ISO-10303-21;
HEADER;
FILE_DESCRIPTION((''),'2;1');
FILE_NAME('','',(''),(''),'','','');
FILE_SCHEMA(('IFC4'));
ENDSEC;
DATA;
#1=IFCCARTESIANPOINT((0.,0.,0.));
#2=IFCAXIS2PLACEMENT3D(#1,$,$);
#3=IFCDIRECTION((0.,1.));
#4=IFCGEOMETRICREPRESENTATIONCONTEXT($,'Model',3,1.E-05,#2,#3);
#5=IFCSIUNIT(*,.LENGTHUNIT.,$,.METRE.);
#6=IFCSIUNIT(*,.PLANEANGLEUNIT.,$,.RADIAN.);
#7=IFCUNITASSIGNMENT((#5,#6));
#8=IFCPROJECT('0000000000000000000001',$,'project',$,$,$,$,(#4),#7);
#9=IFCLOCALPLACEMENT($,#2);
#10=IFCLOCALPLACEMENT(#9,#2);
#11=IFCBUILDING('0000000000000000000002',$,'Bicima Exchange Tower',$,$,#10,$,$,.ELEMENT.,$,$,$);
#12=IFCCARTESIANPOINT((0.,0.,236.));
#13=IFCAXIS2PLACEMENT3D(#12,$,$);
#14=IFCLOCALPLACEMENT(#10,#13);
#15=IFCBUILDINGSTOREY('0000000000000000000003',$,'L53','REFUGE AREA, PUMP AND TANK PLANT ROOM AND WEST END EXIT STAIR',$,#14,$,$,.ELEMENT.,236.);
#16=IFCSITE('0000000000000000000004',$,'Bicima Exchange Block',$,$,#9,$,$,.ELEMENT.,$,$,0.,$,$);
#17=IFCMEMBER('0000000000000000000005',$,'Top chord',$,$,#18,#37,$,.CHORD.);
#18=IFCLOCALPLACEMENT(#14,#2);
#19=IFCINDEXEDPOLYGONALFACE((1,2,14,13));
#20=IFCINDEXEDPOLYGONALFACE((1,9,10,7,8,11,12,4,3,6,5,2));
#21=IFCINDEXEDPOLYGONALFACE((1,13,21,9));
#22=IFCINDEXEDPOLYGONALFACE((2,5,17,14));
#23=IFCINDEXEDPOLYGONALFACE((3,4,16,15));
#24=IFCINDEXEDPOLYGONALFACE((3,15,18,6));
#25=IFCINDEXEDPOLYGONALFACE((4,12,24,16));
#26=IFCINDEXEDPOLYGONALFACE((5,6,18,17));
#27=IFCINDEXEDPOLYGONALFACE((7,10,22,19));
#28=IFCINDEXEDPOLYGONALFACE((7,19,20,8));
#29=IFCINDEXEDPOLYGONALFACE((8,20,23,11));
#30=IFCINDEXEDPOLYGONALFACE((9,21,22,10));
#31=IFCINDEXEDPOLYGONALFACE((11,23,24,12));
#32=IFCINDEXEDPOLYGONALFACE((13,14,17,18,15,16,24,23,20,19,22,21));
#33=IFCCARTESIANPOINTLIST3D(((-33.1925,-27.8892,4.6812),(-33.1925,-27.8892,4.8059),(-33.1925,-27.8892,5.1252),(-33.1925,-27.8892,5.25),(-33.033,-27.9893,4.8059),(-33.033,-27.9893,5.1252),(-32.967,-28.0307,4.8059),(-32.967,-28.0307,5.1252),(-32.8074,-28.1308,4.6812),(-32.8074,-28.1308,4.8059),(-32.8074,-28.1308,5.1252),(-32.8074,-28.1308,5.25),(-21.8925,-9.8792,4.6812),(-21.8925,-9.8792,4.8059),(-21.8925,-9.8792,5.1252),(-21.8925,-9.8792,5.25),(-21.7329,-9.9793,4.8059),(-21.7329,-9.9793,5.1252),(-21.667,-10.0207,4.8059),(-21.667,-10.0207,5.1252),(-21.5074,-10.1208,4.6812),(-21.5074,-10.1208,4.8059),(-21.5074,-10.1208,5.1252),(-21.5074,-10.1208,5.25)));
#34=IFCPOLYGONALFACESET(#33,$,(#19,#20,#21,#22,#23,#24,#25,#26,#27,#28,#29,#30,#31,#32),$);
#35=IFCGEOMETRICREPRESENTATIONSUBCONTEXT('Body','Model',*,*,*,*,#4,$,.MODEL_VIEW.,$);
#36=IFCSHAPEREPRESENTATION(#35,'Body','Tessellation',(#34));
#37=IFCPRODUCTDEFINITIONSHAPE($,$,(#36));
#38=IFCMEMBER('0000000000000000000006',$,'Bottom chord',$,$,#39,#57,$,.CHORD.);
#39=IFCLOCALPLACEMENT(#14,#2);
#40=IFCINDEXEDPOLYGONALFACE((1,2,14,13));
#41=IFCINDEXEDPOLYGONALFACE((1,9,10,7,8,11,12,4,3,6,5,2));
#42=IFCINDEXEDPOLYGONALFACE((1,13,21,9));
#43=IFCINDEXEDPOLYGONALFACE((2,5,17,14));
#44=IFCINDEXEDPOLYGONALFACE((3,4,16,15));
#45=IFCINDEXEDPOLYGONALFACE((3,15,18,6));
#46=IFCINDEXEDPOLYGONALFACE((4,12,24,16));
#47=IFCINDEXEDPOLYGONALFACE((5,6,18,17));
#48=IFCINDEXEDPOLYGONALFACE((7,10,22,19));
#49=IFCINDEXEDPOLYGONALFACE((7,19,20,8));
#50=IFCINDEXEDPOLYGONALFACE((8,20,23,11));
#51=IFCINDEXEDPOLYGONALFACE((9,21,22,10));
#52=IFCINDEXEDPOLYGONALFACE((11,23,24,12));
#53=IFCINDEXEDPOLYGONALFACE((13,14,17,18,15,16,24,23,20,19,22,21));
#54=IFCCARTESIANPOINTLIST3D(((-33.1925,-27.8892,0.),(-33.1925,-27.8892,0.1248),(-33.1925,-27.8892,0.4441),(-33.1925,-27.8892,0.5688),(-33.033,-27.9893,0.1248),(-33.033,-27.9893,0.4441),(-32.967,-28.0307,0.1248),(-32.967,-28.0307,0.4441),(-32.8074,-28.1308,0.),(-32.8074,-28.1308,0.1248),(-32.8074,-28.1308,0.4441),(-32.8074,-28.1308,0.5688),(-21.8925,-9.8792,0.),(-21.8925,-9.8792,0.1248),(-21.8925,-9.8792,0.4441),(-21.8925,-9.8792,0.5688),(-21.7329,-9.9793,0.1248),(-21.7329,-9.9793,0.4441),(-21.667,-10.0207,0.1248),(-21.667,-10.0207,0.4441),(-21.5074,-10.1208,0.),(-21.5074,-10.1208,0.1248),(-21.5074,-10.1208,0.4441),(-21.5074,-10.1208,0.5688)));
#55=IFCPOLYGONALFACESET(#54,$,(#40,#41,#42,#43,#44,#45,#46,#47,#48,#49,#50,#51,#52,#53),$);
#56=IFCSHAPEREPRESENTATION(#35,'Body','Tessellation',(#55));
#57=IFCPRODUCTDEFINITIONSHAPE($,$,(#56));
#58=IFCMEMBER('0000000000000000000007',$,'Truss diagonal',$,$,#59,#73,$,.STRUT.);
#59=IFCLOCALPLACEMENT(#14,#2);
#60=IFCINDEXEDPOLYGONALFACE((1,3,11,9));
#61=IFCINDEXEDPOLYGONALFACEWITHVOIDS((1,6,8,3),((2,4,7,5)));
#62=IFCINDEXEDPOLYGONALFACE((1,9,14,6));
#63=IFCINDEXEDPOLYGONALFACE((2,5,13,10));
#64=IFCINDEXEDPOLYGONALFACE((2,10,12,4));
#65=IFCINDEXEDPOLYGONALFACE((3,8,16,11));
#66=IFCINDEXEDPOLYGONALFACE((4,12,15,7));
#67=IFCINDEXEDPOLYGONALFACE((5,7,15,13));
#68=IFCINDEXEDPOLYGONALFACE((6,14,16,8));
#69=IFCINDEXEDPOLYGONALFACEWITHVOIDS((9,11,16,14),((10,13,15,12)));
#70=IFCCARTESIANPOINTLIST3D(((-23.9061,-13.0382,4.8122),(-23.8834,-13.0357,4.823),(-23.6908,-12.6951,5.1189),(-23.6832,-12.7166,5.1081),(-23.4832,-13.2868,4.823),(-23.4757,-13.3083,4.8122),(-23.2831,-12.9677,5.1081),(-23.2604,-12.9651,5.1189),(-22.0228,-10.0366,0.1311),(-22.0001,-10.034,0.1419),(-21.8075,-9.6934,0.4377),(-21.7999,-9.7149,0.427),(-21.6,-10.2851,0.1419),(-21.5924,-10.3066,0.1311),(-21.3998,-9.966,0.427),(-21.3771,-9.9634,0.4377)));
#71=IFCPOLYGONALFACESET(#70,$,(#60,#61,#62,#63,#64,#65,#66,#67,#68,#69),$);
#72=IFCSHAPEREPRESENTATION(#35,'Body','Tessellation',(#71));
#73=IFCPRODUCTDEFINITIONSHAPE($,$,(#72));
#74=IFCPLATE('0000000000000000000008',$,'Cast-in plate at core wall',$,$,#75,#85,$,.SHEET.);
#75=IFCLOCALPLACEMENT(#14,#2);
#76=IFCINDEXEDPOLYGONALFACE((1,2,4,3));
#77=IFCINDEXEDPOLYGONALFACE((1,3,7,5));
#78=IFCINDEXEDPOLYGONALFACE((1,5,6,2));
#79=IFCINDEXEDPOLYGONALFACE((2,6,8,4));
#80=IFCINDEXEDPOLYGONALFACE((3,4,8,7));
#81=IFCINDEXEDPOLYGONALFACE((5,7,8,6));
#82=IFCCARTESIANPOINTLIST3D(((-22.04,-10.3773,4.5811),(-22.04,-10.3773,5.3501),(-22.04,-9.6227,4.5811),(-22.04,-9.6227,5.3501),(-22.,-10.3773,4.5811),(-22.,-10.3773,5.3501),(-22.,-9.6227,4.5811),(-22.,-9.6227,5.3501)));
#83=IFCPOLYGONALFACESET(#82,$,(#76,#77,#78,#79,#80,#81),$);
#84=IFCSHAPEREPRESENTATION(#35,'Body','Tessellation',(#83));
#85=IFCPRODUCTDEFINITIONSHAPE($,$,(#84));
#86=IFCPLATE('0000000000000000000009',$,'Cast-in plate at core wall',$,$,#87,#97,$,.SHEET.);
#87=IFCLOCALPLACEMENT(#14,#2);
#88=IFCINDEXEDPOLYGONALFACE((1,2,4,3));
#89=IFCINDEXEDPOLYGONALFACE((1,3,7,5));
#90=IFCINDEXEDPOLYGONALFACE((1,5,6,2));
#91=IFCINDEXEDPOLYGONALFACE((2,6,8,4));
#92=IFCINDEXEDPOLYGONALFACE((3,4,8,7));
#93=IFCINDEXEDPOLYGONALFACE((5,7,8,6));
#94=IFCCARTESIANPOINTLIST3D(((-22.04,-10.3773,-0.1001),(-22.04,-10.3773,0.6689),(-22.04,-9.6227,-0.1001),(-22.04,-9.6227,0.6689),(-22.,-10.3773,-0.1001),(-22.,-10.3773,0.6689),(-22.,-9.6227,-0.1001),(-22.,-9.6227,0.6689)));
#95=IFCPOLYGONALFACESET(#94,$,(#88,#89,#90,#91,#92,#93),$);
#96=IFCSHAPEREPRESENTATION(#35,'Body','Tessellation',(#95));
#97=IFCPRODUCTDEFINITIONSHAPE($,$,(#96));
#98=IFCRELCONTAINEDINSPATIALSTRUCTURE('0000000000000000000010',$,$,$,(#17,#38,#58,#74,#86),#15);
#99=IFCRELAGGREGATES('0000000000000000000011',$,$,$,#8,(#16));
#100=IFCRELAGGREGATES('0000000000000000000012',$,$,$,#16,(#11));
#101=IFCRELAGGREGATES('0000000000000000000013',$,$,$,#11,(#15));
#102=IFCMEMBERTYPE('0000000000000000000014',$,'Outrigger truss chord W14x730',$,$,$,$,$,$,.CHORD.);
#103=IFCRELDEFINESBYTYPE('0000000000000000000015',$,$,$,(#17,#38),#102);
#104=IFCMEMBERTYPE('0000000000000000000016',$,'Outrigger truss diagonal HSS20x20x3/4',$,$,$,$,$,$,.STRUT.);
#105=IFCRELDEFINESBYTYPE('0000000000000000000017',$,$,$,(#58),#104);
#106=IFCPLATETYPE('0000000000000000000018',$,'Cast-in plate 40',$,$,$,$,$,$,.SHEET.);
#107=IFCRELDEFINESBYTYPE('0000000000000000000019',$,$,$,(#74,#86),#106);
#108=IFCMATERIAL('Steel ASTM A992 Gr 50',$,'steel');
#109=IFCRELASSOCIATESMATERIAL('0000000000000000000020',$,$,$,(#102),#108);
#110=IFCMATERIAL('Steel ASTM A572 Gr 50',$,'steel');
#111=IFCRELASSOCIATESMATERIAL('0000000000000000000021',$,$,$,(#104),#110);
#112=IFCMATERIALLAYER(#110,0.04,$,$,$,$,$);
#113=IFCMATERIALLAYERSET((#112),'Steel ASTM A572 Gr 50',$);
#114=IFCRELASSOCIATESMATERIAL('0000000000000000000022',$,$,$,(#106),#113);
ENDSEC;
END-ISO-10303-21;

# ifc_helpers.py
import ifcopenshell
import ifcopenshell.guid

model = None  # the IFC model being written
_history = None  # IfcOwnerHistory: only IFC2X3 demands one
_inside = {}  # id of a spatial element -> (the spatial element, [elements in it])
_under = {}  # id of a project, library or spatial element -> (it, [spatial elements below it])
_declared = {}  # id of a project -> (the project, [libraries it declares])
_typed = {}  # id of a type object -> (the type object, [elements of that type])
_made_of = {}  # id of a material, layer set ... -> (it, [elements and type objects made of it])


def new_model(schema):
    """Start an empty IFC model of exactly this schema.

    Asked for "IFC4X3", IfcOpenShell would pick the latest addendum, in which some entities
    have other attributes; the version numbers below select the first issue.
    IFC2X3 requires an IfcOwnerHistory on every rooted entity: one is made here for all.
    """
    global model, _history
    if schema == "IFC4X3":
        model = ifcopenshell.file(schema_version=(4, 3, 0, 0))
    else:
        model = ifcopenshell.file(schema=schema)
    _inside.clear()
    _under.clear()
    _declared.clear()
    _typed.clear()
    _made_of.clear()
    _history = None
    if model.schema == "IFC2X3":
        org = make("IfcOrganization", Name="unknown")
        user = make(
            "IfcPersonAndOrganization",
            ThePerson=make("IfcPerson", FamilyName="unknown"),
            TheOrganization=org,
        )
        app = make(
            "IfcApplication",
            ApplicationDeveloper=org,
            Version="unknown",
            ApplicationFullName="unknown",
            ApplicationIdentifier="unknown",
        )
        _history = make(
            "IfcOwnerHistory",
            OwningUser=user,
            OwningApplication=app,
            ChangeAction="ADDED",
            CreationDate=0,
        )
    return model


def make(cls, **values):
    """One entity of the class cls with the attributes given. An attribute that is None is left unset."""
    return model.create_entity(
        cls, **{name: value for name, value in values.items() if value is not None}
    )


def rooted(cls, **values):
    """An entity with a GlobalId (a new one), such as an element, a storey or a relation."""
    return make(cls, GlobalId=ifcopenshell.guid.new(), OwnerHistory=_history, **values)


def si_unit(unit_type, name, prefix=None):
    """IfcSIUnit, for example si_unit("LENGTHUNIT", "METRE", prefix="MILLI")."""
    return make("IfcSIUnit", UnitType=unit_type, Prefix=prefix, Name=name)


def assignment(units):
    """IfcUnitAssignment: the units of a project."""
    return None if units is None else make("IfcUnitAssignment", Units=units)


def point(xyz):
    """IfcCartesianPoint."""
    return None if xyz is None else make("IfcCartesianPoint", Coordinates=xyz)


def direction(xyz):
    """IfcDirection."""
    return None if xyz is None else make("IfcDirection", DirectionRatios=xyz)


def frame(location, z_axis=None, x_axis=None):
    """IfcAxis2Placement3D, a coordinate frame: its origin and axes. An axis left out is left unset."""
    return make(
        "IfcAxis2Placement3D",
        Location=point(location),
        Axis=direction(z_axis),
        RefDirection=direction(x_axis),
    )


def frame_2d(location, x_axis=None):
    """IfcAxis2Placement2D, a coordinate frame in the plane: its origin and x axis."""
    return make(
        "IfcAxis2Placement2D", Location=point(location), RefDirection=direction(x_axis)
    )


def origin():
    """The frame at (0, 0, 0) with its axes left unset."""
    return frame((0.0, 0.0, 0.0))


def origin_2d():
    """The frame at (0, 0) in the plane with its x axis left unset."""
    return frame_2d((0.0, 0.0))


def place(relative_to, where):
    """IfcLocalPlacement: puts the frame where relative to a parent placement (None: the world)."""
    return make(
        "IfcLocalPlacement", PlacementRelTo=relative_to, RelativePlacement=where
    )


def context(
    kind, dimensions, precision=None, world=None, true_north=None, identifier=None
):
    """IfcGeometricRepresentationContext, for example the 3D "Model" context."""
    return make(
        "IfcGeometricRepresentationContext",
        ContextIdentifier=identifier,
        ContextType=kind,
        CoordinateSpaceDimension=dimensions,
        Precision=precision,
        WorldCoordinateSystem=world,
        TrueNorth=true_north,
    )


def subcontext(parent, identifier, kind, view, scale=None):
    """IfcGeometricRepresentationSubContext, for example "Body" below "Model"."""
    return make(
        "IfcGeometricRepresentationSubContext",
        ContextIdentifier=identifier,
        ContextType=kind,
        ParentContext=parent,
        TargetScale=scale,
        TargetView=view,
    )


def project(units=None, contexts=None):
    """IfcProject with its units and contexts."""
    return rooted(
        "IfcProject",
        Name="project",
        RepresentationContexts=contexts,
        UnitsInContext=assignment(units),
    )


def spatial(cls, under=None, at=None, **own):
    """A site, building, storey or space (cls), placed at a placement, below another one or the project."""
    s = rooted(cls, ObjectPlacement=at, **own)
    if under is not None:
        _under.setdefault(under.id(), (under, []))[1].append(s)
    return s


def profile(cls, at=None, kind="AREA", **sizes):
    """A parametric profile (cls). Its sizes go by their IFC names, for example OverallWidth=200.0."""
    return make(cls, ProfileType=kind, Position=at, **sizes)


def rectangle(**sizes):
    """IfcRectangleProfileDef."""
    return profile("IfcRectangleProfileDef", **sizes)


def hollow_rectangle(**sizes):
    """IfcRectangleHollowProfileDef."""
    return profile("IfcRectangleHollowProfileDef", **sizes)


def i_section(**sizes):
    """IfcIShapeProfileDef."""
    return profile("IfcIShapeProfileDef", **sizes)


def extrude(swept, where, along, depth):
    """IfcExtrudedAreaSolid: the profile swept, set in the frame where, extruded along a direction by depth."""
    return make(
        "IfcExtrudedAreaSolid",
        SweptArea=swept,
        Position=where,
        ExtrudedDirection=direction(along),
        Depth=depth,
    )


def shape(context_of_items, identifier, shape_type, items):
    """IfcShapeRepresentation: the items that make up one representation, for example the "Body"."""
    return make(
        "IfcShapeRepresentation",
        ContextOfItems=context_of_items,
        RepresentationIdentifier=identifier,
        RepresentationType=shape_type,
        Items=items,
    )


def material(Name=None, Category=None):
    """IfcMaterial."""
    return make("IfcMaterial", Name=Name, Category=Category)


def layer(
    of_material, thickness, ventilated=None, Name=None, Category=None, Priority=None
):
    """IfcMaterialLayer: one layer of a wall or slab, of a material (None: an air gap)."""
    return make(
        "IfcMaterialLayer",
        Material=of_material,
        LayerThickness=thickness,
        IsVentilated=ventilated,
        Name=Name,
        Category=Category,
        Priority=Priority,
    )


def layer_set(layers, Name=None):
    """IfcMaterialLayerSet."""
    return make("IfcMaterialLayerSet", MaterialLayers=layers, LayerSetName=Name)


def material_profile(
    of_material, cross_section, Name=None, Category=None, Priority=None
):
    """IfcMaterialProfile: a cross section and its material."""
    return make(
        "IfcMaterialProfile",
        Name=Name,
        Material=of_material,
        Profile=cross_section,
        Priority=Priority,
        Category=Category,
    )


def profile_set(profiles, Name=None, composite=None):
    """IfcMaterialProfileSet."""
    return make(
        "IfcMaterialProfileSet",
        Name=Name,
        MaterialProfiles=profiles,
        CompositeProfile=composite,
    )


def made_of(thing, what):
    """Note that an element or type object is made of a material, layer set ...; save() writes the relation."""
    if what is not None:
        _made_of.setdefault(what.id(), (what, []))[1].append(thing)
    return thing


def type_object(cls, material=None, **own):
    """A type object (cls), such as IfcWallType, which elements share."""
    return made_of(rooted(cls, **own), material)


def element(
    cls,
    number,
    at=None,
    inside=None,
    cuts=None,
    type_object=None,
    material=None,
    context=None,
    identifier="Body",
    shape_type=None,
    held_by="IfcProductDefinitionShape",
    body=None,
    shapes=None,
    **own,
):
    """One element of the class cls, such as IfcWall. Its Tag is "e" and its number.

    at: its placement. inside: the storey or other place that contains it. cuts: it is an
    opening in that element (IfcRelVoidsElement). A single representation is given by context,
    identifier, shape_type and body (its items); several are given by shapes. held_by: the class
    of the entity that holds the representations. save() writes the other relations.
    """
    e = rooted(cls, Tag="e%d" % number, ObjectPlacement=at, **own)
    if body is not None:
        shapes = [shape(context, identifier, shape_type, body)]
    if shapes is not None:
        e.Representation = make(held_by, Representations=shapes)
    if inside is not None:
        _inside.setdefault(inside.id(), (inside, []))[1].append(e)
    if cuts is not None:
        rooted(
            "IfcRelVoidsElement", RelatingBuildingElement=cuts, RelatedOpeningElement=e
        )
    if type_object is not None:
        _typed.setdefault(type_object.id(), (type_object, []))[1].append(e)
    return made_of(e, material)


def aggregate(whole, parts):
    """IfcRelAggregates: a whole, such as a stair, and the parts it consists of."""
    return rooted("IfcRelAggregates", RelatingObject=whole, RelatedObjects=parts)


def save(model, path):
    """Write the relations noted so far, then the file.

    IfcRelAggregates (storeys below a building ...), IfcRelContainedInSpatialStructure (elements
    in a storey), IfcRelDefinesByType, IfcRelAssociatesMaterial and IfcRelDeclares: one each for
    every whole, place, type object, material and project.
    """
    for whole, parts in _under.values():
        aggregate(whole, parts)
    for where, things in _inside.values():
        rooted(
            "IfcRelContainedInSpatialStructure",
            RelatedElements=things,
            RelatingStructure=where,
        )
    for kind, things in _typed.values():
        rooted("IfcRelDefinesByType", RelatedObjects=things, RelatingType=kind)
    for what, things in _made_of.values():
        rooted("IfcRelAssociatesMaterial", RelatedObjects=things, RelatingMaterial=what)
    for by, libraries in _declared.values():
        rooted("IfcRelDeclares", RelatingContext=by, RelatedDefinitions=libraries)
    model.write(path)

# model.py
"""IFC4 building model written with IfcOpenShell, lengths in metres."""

from ifc_helpers import new_model, si_unit, direction, frame, origin, origin_2d, place, context, subcontext, project, spatial, rectangle, hollow_rectangle, i_section, extrude, material, layer, layer_set, material_profile, profile_set, type_object, element, save


model = new_model("IFC4")

# Units and contexts
model_context = context("Model", 3, precision=1e-05, world=origin(), true_north=direction((0.0, 1.0)))
body_context = subcontext(model_context, "Body", "Model", "MODEL_VIEW")
ifc_project = project(units=[si_unit("LENGTHUNIT", "METRE"), si_unit("PLANEANGLEUNIT", "RADIAN")], contexts=[model_context])

# Site, building, storey
site_placement = place(None, origin())
site = spatial("IfcSite", under=ifc_project, at=site_placement, Name="Bicima Exchange Block", CompositionType="ELEMENT", RefElevation=0.0)
building_placement = place(site_placement, origin())
building = spatial("IfcBuilding", under=site, at=building_placement, Name="Bicima Exchange Tower", CompositionType="ELEMENT")
storey_placement = place(building_placement, frame((0.0, 0.0, 236.0)))
storey = spatial("IfcBuildingStorey", under=building, at=storey_placement, Name="L53", Description="REFUGE AREA, PUMP AND TANK PLANT ROOM AND WEST END EXIT STAIR", CompositionType="ELEMENT", Elevation=236.0)

# Members
ifc_material_1 = material(Name="Steel ASTM A992 Gr 50", Category="steel")
ifc_material_profile_1 = material_profile(ifc_material_1, i_section(OverallWidth=0.4546, OverallDepth=0.5688, WebThickness=0.0779, FlangeThickness=0.1248, at=origin_2d()))
ifc_profile_set_1 = profile_set([ifc_material_profile_1], Name="Steel ASTM A992 Gr 50")
member_type_1 = type_object("IfcMemberType", Name="Outrigger truss chord W14x730", PredefinedType="CHORD", material=ifc_profile_set_1)
for number, where, z_axis, x_axis, name in (
    (1, (-21.7, -10.0, 4.9656), (-0.531479, -0.847071, 0.0), (0.847071, -0.531479, 0.0), "Top chord"),
    (2, (-21.7, -10.0, 0.2844), (-0.531479, -0.847071, 0.0), (0.847071, -0.531479, 0.0), "Bottom chord"),
):
    element("IfcMember", number, at=place(storey_placement, frame(where, z_axis=z_axis, x_axis=x_axis)), inside=storey, type_object=member_type_1, Name=name, PredefinedType="CHORD", context=body_context, shape_type="SweptSolid", body=[
        extrude(i_section(OverallWidth=0.4546, OverallDepth=0.5688, WebThickness=0.0779, FlangeThickness=0.1248, at=origin_2d()), origin(), (0.0, 0.0, 1.0), 21.2615),
    ])
ifc_material_2 = material(Name="Steel ASTM A572 Gr 50", Category="steel")
ifc_material_profile_2 = material_profile(ifc_material_2, hollow_rectangle(XDim=0.5081, YDim=0.5081, WallThickness=0.0178, at=origin_2d()))
ifc_profile_set_2 = profile_set([ifc_material_profile_2], Name="Steel ASTM A572 Gr 50")
member_type_2 = type_object("IfcMemberType", Name="Outrigger truss diagonal HSS20x20x3/4", PredefinedType="STRUT", material=ifc_profile_set_2)
member_placement = place(storey_placement, frame((-21.7, -10.0, 0.2844), z_axis=(-0.320773, -0.511265, 0.797316), x_axis=(0.84708, -0.531466, 0.0)))
element("IfcMember", 3, at=member_placement, inside=storey, type_object=member_type_2, Name="Truss diagonal", PredefinedType="STRUT", context=body_context, shape_type="SweptSolid", body=[
    extrude(hollow_rectangle(XDim=0.5081, YDim=0.5081, WallThickness=0.0178, at=origin_2d()), origin(), (0.0, 0.0, 1.0), 5.8711),
])

# Plates
ifc_layer_1 = layer(ifc_material_2, 0.04)
ifc_layer_set_1 = layer_set([ifc_layer_1], Name="Steel ASTM A572 Gr 50")
plate_type = type_object("IfcPlateType", Name="Cast-in plate 40", PredefinedType="SHEET", material=ifc_layer_set_1)
for number, where, z_axis, x_axis, name in (
    (4, (-22.02, -10.0, 4.5811), (0.0, 0.0, 1.0), (1.0, 0.0, 0.0), "Cast-in plate at core wall"),
    (5, (-22.02, -10.0, -0.1001), (0.0, 0.0, 1.0), (1.0, 0.0, 0.0), "Cast-in plate at core wall"),
):
    element("IfcPlate", number, at=place(storey_placement, frame(where, z_axis=z_axis, x_axis=x_axis)), inside=storey, type_object=plate_type, Name=name, PredefinedType="SHEET", context=body_context, shape_type="SweptSolid", body=[
        extrude(rectangle(XDim=0.04, YDim=0.7546, at=origin_2d()), origin(), (0.0, 0.0, 1.0), 0.769),
    ])

save(model, "model.ifc")
